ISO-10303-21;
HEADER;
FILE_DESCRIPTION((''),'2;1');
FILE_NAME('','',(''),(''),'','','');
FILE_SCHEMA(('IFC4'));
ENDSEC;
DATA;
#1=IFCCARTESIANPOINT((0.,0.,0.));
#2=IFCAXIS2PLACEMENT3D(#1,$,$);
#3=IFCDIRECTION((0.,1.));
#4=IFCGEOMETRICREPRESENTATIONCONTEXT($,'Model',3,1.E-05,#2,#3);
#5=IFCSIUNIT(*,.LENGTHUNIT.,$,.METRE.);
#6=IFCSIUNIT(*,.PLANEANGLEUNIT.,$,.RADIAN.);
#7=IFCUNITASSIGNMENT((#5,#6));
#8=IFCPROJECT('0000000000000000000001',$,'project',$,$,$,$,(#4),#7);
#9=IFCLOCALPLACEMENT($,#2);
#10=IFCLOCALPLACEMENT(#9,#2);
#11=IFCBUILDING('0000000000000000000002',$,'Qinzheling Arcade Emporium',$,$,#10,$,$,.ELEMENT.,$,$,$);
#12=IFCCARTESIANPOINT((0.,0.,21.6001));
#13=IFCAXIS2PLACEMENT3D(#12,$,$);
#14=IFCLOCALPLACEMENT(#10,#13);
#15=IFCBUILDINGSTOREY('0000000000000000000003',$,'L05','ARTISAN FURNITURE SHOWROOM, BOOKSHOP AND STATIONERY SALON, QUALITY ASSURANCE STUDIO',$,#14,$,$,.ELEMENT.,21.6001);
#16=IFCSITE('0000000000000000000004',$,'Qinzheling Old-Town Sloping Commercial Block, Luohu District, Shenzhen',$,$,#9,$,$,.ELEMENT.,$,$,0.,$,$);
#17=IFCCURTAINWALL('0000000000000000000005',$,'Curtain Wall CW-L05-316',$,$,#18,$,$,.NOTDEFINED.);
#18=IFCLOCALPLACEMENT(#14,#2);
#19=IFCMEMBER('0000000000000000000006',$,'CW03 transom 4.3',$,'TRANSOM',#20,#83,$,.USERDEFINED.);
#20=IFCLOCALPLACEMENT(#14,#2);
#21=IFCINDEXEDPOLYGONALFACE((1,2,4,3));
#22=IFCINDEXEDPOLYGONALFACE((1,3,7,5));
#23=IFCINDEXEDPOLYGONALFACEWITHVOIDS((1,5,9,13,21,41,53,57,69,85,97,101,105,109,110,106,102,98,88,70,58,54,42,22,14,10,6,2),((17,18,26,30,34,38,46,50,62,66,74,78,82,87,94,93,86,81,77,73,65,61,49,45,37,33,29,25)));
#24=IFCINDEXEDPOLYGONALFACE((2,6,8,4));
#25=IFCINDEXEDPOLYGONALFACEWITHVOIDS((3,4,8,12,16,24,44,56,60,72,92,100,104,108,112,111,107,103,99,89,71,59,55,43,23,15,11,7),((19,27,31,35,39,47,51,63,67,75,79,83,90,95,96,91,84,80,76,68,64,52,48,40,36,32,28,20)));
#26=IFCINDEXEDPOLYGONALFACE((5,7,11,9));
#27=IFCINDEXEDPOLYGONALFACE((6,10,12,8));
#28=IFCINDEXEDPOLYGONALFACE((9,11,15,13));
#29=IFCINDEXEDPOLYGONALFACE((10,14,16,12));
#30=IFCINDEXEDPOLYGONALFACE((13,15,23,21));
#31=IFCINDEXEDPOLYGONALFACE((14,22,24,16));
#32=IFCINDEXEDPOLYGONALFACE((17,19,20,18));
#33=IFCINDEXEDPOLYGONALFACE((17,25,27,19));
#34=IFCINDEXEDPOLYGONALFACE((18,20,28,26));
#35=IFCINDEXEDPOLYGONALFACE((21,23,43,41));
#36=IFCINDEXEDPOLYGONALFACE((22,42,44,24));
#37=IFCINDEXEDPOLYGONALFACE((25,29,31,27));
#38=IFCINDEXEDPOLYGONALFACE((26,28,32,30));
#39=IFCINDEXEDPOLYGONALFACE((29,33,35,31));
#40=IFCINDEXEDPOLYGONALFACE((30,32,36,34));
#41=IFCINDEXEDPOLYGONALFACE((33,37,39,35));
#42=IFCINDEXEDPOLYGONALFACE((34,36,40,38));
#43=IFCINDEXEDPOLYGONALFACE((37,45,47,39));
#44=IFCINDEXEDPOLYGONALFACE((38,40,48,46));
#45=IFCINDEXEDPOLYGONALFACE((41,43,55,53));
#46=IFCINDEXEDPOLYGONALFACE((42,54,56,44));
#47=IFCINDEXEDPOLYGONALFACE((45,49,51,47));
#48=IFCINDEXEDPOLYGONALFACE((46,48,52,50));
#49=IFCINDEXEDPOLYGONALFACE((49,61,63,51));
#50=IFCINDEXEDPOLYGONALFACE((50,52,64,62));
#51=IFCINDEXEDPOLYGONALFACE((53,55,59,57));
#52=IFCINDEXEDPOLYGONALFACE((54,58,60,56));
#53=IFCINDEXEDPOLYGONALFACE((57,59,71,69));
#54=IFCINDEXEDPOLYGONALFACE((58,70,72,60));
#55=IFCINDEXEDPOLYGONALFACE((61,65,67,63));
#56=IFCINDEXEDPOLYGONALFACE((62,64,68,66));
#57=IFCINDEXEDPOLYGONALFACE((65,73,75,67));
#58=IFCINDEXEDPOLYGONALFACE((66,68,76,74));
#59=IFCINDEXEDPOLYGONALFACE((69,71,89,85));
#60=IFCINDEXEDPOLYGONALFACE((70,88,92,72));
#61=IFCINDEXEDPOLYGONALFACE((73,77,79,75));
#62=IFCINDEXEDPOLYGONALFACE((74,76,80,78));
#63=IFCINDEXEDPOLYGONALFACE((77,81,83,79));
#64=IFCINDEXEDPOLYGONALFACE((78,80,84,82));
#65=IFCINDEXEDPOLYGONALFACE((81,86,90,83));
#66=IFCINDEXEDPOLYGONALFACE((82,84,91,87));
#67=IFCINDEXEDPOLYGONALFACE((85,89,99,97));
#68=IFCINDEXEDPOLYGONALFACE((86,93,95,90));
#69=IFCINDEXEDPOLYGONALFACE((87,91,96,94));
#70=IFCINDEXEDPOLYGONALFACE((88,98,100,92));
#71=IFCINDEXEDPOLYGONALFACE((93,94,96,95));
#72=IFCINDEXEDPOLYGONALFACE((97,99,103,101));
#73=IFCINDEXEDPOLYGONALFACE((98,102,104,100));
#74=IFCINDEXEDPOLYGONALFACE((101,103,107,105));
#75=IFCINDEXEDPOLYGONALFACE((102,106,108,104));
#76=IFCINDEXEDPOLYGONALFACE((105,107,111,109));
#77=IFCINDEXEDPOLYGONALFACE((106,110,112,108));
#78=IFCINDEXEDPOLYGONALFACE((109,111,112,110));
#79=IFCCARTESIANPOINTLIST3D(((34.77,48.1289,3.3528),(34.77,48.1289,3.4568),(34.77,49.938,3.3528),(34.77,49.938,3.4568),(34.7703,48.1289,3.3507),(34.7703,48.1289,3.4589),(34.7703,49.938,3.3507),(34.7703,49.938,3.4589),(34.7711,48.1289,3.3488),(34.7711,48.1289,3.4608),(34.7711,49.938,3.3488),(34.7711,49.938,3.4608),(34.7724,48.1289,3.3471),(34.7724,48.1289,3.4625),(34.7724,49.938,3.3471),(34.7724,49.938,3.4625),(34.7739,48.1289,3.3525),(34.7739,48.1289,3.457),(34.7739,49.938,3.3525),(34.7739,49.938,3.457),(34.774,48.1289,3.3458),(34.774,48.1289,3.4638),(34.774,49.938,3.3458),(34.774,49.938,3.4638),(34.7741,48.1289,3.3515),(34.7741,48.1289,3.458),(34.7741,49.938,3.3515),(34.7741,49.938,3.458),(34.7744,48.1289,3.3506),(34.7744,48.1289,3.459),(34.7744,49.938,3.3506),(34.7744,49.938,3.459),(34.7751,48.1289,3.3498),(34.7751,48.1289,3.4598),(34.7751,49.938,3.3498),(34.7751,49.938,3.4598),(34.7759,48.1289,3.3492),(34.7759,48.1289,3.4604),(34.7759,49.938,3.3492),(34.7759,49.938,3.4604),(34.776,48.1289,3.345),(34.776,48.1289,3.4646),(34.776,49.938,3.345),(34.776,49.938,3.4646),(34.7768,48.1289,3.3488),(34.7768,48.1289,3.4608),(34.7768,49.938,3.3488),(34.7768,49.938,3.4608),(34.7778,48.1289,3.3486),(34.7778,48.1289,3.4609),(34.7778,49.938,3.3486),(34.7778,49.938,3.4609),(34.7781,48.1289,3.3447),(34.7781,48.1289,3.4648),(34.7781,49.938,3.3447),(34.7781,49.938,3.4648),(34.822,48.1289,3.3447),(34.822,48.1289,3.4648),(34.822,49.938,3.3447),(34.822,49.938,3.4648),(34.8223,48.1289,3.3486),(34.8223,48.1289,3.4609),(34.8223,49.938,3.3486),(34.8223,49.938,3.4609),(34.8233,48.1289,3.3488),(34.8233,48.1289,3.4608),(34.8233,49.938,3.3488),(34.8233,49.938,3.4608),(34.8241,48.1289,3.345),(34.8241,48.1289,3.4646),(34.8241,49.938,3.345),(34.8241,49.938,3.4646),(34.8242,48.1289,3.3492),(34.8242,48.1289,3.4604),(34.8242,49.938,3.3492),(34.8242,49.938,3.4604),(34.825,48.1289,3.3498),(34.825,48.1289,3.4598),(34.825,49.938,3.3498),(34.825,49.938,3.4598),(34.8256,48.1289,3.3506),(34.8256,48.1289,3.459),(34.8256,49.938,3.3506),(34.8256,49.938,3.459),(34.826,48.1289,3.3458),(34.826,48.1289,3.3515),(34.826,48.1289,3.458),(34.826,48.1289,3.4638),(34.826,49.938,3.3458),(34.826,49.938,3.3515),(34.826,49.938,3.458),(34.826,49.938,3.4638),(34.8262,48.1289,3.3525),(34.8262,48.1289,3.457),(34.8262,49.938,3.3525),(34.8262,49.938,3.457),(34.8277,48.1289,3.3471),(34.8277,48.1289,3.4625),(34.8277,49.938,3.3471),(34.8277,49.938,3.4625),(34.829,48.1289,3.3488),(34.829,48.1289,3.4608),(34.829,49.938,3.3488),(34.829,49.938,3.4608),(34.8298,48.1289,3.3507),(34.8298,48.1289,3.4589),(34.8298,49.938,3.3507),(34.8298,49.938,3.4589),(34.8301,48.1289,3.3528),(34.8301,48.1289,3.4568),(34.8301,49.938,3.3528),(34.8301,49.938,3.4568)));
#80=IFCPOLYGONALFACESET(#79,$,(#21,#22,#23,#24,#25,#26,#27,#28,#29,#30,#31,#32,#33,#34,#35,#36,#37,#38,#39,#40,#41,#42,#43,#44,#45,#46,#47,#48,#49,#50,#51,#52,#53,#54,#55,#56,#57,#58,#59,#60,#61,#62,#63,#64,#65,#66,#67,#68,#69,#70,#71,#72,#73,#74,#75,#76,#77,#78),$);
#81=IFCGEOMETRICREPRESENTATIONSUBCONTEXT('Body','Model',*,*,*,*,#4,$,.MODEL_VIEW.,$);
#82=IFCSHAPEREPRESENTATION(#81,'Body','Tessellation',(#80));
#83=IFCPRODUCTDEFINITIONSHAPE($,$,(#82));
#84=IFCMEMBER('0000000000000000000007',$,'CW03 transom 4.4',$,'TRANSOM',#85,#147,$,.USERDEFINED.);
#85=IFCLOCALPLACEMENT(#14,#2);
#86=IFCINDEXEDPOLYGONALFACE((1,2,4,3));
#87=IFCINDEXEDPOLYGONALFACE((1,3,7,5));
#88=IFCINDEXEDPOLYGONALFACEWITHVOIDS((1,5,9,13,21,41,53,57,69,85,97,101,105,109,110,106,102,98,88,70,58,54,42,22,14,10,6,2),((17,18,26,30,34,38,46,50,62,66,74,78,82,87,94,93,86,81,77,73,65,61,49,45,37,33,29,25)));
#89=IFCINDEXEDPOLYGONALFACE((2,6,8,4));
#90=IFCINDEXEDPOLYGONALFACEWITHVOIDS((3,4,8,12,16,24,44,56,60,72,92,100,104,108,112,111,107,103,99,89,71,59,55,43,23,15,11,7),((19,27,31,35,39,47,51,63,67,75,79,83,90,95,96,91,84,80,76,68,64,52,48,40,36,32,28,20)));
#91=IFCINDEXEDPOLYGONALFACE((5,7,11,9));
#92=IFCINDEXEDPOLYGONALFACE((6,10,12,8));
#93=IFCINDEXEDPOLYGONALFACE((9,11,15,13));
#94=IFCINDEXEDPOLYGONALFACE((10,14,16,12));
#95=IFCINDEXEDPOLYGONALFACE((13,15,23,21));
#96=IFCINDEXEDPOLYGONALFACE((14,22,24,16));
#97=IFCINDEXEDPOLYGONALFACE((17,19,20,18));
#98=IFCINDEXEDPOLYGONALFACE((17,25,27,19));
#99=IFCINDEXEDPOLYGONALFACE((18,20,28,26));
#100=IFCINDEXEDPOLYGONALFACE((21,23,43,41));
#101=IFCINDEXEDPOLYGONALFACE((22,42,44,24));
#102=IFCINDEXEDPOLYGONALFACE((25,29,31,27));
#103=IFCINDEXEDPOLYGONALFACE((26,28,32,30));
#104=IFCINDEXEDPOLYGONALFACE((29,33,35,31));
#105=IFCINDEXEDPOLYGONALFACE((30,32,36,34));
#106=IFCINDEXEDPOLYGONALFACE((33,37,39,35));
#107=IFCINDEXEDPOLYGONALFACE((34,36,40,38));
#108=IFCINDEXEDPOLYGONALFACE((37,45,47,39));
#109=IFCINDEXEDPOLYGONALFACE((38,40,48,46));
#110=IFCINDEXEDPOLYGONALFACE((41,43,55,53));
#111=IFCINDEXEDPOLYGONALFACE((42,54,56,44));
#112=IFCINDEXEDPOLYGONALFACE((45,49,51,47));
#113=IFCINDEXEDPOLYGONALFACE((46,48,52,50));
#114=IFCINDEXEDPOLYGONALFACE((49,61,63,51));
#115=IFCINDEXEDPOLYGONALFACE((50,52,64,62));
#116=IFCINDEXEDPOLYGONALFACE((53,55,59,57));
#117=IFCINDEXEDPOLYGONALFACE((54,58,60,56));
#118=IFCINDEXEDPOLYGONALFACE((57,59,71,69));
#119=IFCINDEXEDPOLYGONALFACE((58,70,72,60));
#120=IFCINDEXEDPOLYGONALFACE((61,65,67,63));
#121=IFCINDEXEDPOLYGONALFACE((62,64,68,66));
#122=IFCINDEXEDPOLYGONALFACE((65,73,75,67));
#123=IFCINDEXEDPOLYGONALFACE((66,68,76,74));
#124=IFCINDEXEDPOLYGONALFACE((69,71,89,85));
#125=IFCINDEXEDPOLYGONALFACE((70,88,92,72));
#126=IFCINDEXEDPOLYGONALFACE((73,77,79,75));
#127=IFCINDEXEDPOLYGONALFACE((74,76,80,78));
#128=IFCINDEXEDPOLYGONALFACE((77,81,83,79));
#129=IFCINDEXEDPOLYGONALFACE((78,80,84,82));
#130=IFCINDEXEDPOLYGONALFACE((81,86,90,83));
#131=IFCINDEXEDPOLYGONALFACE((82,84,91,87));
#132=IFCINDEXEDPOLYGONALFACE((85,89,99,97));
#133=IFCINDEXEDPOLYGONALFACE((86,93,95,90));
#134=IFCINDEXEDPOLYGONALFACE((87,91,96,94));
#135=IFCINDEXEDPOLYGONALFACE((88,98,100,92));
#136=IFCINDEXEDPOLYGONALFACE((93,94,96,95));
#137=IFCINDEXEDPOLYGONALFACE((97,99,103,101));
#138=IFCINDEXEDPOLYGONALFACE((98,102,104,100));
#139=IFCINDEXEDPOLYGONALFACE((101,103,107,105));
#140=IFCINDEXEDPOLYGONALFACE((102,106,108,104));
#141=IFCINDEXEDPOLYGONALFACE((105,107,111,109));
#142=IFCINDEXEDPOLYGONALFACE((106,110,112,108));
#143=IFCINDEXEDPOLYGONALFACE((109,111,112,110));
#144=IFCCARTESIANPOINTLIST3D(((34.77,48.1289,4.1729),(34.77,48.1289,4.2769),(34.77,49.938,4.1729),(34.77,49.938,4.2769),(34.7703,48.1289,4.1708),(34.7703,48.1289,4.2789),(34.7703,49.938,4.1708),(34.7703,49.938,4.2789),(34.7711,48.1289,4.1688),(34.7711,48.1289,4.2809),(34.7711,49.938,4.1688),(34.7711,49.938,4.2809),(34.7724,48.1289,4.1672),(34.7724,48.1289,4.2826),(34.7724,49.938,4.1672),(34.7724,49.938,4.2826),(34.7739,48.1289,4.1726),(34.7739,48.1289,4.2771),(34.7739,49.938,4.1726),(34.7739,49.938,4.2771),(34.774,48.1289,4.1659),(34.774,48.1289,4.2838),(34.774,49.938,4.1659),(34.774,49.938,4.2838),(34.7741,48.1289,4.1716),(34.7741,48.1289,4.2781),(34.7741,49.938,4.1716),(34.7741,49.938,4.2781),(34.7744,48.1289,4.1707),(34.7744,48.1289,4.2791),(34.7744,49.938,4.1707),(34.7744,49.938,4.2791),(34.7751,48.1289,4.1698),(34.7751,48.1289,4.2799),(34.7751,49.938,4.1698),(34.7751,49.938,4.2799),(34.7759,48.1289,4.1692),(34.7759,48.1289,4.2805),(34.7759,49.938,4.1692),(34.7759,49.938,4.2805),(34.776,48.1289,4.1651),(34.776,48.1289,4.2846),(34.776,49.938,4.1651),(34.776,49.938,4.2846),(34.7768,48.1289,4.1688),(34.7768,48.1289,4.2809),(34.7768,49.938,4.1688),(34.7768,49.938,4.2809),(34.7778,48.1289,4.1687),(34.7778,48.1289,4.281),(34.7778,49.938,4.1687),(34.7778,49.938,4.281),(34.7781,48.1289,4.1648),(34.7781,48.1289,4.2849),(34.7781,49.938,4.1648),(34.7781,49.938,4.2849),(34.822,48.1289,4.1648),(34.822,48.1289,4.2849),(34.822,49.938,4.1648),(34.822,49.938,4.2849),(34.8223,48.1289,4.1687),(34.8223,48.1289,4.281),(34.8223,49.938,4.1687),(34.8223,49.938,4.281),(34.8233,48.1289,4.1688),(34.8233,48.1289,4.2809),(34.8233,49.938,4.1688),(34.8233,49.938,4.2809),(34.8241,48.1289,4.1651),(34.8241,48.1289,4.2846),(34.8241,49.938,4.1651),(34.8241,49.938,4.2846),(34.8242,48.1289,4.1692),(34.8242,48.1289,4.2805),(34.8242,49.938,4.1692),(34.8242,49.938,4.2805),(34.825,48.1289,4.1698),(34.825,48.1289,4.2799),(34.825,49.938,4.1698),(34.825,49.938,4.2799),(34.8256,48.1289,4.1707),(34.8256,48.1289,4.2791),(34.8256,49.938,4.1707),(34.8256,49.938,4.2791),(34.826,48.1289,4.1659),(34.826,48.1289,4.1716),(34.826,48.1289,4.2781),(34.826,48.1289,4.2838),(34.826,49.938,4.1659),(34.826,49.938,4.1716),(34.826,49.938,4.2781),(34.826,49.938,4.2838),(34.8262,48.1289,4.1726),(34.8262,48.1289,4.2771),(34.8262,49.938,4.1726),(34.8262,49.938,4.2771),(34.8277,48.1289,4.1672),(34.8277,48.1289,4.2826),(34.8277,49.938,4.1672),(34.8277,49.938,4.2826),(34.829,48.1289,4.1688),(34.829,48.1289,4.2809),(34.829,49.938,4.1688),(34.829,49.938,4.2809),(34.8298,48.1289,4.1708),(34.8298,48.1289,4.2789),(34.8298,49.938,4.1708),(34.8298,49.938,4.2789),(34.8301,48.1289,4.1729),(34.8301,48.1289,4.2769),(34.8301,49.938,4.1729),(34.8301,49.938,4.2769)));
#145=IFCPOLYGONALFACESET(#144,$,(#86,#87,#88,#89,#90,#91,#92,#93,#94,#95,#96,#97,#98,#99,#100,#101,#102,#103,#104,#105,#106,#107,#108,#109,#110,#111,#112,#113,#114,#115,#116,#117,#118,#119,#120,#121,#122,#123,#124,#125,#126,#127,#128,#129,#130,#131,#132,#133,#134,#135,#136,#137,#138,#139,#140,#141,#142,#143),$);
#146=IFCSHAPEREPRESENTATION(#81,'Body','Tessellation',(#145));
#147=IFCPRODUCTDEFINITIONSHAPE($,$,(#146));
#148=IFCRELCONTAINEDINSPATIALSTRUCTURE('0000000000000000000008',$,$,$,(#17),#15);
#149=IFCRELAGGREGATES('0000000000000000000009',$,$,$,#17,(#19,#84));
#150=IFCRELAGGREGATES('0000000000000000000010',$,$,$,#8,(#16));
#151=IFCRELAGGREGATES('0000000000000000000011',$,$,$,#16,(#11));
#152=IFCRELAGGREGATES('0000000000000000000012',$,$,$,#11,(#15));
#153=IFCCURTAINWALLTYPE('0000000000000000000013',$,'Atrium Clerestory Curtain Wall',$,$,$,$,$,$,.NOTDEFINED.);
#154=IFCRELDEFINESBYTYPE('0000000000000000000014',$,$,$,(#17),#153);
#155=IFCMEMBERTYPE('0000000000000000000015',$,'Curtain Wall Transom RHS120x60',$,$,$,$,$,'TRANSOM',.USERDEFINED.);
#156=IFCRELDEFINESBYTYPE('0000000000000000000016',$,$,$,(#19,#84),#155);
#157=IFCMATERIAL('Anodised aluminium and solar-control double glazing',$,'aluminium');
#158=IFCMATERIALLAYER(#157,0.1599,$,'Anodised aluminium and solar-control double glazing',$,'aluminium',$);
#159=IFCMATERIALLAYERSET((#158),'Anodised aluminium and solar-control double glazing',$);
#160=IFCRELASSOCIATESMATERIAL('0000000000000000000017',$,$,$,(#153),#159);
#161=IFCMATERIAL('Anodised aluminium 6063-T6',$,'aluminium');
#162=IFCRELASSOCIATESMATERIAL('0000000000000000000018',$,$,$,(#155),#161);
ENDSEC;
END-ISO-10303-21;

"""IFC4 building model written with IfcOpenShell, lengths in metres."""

from ifc_helpers import new_model, si_unit, direction, frame, origin, origin_2d, place, context, subcontext, project, spatial, hollow_rectangle, extrude, material, layer, layer_set, material_profile, profile_set, type_object, element, aggregate, save


model = new_model("IFC4")

# Units and contexts
model_context = context("Model", 3, precision=1e-05, world=origin(), true_north=direction((0.0, 1.0)))
body_context = subcontext(model_context, "Body", "Model", "MODEL_VIEW")
ifc_project = project(units=[si_unit("LENGTHUNIT", "METRE"), si_unit("PLANEANGLEUNIT", "RADIAN")], contexts=[model_context])

# Site, building, storey
site_placement = place(None, origin())
site = spatial("IfcSite", under=ifc_project, at=site_placement, Name="Qinzheling Old-Town Sloping Commercial Block, Luohu District, Shenzhen", CompositionType="ELEMENT", RefElevation=0.0)
building_placement = place(site_placement, origin())
building = spatial("IfcBuilding", under=site, at=building_placement, Name="Qinzheling Arcade Emporium", CompositionType="ELEMENT")
storey_placement = place(building_placement, frame((0.0, 0.0, 21.6001)))
storey = spatial("IfcBuildingStorey", under=building, at=storey_placement, Name="L05", Description="ARTISAN FURNITURE SHOWROOM, BOOKSHOP AND STATIONERY SALON, QUALITY ASSURANCE STUDIO", CompositionType="ELEMENT", Elevation=21.6001)

# Curtain wall
ifc_material_1 = material(Name="Anodised aluminium and solar-control double glazing", Category="aluminium")
ifc_layer_1 = layer(ifc_material_1, 0.1599, Name="Anodised aluminium and solar-control double glazing", Category="aluminium")
ifc_layer_set_1 = layer_set([ifc_layer_1], Name="Anodised aluminium and solar-control double glazing")
curtain_wall_type = type_object("IfcCurtainWallType", Name="Atrium Clerestory Curtain Wall", PredefinedType="NOTDEFINED", material=ifc_layer_set_1)
curtain_wall_1_placement = place(storey_placement, origin())
curtain_wall_1 = element("IfcCurtainWall", 1, at=curtain_wall_1_placement, inside=storey, type_object=curtain_wall_type, Name="Curtain Wall CW-L05-316", PredefinedType="NOTDEFINED")
ifc_material_2 = material(Name="Anodised aluminium 6063-T6", Category="aluminium")

# Members
ifc_material_profile_1 = material_profile(ifc_material_2, hollow_rectangle(XDim=0.0601, YDim=0.1201, WallThickness=0.0039, InnerFilletRadius=0.0039, OuterFilletRadius=0.0081, at=origin_2d()), Name="RHS 120x60x4", Category="aluminium")
ifc_profile_set_1 = profile_set([ifc_material_profile_1], Name="Anodised aluminium 6063-T6")
member_type_1 = type_object("IfcMemberType", Name="Curtain Wall Transom RHS120x60", ElementType="TRANSOM", PredefinedType="USERDEFINED", material=ifc_profile_set_1)
member_1_placement = place(storey_placement, frame((34.8, 48.1289, 3.4048), z_axis=(0.0, 1.0, 0.0), x_axis=(-1.0, 0.0, 0.0)))
member_1 = element("IfcMember", 2, at=member_1_placement, type_object=member_type_1, Name="CW03 transom 4.3", ObjectType="TRANSOM", PredefinedType="USERDEFINED", context=body_context, shape_type="SweptSolid", body=[
    extrude(hollow_rectangle(XDim=0.0601, YDim=0.1201, WallThickness=0.0039, InnerFilletRadius=0.0039, OuterFilletRadius=0.0081, at=origin_2d()), origin(), (0.0, 0.0, 1.0), 1.8091),
])
member_2_placement = place(storey_placement, frame((34.8, 48.1289, 4.2249), z_axis=(0.0, 1.0, 0.0), x_axis=(-1.0, 0.0, 0.0)))
member_2 = element("IfcMember", 3, at=member_2_placement, type_object=member_type_1, Name="CW03 transom 4.4", ObjectType="TRANSOM", PredefinedType="USERDEFINED", context=body_context, shape_type="SweptSolid", body=[
    extrude(hollow_rectangle(XDim=0.0601, YDim=0.1201, WallThickness=0.0039, InnerFilletRadius=0.0039, OuterFilletRadius=0.0081, at=origin_2d()), origin(), (0.0, 0.0, 1.0), 1.8091),
])

aggregate(curtain_wall_1, [member_1, member_2])

save(model, "model.ifc")
